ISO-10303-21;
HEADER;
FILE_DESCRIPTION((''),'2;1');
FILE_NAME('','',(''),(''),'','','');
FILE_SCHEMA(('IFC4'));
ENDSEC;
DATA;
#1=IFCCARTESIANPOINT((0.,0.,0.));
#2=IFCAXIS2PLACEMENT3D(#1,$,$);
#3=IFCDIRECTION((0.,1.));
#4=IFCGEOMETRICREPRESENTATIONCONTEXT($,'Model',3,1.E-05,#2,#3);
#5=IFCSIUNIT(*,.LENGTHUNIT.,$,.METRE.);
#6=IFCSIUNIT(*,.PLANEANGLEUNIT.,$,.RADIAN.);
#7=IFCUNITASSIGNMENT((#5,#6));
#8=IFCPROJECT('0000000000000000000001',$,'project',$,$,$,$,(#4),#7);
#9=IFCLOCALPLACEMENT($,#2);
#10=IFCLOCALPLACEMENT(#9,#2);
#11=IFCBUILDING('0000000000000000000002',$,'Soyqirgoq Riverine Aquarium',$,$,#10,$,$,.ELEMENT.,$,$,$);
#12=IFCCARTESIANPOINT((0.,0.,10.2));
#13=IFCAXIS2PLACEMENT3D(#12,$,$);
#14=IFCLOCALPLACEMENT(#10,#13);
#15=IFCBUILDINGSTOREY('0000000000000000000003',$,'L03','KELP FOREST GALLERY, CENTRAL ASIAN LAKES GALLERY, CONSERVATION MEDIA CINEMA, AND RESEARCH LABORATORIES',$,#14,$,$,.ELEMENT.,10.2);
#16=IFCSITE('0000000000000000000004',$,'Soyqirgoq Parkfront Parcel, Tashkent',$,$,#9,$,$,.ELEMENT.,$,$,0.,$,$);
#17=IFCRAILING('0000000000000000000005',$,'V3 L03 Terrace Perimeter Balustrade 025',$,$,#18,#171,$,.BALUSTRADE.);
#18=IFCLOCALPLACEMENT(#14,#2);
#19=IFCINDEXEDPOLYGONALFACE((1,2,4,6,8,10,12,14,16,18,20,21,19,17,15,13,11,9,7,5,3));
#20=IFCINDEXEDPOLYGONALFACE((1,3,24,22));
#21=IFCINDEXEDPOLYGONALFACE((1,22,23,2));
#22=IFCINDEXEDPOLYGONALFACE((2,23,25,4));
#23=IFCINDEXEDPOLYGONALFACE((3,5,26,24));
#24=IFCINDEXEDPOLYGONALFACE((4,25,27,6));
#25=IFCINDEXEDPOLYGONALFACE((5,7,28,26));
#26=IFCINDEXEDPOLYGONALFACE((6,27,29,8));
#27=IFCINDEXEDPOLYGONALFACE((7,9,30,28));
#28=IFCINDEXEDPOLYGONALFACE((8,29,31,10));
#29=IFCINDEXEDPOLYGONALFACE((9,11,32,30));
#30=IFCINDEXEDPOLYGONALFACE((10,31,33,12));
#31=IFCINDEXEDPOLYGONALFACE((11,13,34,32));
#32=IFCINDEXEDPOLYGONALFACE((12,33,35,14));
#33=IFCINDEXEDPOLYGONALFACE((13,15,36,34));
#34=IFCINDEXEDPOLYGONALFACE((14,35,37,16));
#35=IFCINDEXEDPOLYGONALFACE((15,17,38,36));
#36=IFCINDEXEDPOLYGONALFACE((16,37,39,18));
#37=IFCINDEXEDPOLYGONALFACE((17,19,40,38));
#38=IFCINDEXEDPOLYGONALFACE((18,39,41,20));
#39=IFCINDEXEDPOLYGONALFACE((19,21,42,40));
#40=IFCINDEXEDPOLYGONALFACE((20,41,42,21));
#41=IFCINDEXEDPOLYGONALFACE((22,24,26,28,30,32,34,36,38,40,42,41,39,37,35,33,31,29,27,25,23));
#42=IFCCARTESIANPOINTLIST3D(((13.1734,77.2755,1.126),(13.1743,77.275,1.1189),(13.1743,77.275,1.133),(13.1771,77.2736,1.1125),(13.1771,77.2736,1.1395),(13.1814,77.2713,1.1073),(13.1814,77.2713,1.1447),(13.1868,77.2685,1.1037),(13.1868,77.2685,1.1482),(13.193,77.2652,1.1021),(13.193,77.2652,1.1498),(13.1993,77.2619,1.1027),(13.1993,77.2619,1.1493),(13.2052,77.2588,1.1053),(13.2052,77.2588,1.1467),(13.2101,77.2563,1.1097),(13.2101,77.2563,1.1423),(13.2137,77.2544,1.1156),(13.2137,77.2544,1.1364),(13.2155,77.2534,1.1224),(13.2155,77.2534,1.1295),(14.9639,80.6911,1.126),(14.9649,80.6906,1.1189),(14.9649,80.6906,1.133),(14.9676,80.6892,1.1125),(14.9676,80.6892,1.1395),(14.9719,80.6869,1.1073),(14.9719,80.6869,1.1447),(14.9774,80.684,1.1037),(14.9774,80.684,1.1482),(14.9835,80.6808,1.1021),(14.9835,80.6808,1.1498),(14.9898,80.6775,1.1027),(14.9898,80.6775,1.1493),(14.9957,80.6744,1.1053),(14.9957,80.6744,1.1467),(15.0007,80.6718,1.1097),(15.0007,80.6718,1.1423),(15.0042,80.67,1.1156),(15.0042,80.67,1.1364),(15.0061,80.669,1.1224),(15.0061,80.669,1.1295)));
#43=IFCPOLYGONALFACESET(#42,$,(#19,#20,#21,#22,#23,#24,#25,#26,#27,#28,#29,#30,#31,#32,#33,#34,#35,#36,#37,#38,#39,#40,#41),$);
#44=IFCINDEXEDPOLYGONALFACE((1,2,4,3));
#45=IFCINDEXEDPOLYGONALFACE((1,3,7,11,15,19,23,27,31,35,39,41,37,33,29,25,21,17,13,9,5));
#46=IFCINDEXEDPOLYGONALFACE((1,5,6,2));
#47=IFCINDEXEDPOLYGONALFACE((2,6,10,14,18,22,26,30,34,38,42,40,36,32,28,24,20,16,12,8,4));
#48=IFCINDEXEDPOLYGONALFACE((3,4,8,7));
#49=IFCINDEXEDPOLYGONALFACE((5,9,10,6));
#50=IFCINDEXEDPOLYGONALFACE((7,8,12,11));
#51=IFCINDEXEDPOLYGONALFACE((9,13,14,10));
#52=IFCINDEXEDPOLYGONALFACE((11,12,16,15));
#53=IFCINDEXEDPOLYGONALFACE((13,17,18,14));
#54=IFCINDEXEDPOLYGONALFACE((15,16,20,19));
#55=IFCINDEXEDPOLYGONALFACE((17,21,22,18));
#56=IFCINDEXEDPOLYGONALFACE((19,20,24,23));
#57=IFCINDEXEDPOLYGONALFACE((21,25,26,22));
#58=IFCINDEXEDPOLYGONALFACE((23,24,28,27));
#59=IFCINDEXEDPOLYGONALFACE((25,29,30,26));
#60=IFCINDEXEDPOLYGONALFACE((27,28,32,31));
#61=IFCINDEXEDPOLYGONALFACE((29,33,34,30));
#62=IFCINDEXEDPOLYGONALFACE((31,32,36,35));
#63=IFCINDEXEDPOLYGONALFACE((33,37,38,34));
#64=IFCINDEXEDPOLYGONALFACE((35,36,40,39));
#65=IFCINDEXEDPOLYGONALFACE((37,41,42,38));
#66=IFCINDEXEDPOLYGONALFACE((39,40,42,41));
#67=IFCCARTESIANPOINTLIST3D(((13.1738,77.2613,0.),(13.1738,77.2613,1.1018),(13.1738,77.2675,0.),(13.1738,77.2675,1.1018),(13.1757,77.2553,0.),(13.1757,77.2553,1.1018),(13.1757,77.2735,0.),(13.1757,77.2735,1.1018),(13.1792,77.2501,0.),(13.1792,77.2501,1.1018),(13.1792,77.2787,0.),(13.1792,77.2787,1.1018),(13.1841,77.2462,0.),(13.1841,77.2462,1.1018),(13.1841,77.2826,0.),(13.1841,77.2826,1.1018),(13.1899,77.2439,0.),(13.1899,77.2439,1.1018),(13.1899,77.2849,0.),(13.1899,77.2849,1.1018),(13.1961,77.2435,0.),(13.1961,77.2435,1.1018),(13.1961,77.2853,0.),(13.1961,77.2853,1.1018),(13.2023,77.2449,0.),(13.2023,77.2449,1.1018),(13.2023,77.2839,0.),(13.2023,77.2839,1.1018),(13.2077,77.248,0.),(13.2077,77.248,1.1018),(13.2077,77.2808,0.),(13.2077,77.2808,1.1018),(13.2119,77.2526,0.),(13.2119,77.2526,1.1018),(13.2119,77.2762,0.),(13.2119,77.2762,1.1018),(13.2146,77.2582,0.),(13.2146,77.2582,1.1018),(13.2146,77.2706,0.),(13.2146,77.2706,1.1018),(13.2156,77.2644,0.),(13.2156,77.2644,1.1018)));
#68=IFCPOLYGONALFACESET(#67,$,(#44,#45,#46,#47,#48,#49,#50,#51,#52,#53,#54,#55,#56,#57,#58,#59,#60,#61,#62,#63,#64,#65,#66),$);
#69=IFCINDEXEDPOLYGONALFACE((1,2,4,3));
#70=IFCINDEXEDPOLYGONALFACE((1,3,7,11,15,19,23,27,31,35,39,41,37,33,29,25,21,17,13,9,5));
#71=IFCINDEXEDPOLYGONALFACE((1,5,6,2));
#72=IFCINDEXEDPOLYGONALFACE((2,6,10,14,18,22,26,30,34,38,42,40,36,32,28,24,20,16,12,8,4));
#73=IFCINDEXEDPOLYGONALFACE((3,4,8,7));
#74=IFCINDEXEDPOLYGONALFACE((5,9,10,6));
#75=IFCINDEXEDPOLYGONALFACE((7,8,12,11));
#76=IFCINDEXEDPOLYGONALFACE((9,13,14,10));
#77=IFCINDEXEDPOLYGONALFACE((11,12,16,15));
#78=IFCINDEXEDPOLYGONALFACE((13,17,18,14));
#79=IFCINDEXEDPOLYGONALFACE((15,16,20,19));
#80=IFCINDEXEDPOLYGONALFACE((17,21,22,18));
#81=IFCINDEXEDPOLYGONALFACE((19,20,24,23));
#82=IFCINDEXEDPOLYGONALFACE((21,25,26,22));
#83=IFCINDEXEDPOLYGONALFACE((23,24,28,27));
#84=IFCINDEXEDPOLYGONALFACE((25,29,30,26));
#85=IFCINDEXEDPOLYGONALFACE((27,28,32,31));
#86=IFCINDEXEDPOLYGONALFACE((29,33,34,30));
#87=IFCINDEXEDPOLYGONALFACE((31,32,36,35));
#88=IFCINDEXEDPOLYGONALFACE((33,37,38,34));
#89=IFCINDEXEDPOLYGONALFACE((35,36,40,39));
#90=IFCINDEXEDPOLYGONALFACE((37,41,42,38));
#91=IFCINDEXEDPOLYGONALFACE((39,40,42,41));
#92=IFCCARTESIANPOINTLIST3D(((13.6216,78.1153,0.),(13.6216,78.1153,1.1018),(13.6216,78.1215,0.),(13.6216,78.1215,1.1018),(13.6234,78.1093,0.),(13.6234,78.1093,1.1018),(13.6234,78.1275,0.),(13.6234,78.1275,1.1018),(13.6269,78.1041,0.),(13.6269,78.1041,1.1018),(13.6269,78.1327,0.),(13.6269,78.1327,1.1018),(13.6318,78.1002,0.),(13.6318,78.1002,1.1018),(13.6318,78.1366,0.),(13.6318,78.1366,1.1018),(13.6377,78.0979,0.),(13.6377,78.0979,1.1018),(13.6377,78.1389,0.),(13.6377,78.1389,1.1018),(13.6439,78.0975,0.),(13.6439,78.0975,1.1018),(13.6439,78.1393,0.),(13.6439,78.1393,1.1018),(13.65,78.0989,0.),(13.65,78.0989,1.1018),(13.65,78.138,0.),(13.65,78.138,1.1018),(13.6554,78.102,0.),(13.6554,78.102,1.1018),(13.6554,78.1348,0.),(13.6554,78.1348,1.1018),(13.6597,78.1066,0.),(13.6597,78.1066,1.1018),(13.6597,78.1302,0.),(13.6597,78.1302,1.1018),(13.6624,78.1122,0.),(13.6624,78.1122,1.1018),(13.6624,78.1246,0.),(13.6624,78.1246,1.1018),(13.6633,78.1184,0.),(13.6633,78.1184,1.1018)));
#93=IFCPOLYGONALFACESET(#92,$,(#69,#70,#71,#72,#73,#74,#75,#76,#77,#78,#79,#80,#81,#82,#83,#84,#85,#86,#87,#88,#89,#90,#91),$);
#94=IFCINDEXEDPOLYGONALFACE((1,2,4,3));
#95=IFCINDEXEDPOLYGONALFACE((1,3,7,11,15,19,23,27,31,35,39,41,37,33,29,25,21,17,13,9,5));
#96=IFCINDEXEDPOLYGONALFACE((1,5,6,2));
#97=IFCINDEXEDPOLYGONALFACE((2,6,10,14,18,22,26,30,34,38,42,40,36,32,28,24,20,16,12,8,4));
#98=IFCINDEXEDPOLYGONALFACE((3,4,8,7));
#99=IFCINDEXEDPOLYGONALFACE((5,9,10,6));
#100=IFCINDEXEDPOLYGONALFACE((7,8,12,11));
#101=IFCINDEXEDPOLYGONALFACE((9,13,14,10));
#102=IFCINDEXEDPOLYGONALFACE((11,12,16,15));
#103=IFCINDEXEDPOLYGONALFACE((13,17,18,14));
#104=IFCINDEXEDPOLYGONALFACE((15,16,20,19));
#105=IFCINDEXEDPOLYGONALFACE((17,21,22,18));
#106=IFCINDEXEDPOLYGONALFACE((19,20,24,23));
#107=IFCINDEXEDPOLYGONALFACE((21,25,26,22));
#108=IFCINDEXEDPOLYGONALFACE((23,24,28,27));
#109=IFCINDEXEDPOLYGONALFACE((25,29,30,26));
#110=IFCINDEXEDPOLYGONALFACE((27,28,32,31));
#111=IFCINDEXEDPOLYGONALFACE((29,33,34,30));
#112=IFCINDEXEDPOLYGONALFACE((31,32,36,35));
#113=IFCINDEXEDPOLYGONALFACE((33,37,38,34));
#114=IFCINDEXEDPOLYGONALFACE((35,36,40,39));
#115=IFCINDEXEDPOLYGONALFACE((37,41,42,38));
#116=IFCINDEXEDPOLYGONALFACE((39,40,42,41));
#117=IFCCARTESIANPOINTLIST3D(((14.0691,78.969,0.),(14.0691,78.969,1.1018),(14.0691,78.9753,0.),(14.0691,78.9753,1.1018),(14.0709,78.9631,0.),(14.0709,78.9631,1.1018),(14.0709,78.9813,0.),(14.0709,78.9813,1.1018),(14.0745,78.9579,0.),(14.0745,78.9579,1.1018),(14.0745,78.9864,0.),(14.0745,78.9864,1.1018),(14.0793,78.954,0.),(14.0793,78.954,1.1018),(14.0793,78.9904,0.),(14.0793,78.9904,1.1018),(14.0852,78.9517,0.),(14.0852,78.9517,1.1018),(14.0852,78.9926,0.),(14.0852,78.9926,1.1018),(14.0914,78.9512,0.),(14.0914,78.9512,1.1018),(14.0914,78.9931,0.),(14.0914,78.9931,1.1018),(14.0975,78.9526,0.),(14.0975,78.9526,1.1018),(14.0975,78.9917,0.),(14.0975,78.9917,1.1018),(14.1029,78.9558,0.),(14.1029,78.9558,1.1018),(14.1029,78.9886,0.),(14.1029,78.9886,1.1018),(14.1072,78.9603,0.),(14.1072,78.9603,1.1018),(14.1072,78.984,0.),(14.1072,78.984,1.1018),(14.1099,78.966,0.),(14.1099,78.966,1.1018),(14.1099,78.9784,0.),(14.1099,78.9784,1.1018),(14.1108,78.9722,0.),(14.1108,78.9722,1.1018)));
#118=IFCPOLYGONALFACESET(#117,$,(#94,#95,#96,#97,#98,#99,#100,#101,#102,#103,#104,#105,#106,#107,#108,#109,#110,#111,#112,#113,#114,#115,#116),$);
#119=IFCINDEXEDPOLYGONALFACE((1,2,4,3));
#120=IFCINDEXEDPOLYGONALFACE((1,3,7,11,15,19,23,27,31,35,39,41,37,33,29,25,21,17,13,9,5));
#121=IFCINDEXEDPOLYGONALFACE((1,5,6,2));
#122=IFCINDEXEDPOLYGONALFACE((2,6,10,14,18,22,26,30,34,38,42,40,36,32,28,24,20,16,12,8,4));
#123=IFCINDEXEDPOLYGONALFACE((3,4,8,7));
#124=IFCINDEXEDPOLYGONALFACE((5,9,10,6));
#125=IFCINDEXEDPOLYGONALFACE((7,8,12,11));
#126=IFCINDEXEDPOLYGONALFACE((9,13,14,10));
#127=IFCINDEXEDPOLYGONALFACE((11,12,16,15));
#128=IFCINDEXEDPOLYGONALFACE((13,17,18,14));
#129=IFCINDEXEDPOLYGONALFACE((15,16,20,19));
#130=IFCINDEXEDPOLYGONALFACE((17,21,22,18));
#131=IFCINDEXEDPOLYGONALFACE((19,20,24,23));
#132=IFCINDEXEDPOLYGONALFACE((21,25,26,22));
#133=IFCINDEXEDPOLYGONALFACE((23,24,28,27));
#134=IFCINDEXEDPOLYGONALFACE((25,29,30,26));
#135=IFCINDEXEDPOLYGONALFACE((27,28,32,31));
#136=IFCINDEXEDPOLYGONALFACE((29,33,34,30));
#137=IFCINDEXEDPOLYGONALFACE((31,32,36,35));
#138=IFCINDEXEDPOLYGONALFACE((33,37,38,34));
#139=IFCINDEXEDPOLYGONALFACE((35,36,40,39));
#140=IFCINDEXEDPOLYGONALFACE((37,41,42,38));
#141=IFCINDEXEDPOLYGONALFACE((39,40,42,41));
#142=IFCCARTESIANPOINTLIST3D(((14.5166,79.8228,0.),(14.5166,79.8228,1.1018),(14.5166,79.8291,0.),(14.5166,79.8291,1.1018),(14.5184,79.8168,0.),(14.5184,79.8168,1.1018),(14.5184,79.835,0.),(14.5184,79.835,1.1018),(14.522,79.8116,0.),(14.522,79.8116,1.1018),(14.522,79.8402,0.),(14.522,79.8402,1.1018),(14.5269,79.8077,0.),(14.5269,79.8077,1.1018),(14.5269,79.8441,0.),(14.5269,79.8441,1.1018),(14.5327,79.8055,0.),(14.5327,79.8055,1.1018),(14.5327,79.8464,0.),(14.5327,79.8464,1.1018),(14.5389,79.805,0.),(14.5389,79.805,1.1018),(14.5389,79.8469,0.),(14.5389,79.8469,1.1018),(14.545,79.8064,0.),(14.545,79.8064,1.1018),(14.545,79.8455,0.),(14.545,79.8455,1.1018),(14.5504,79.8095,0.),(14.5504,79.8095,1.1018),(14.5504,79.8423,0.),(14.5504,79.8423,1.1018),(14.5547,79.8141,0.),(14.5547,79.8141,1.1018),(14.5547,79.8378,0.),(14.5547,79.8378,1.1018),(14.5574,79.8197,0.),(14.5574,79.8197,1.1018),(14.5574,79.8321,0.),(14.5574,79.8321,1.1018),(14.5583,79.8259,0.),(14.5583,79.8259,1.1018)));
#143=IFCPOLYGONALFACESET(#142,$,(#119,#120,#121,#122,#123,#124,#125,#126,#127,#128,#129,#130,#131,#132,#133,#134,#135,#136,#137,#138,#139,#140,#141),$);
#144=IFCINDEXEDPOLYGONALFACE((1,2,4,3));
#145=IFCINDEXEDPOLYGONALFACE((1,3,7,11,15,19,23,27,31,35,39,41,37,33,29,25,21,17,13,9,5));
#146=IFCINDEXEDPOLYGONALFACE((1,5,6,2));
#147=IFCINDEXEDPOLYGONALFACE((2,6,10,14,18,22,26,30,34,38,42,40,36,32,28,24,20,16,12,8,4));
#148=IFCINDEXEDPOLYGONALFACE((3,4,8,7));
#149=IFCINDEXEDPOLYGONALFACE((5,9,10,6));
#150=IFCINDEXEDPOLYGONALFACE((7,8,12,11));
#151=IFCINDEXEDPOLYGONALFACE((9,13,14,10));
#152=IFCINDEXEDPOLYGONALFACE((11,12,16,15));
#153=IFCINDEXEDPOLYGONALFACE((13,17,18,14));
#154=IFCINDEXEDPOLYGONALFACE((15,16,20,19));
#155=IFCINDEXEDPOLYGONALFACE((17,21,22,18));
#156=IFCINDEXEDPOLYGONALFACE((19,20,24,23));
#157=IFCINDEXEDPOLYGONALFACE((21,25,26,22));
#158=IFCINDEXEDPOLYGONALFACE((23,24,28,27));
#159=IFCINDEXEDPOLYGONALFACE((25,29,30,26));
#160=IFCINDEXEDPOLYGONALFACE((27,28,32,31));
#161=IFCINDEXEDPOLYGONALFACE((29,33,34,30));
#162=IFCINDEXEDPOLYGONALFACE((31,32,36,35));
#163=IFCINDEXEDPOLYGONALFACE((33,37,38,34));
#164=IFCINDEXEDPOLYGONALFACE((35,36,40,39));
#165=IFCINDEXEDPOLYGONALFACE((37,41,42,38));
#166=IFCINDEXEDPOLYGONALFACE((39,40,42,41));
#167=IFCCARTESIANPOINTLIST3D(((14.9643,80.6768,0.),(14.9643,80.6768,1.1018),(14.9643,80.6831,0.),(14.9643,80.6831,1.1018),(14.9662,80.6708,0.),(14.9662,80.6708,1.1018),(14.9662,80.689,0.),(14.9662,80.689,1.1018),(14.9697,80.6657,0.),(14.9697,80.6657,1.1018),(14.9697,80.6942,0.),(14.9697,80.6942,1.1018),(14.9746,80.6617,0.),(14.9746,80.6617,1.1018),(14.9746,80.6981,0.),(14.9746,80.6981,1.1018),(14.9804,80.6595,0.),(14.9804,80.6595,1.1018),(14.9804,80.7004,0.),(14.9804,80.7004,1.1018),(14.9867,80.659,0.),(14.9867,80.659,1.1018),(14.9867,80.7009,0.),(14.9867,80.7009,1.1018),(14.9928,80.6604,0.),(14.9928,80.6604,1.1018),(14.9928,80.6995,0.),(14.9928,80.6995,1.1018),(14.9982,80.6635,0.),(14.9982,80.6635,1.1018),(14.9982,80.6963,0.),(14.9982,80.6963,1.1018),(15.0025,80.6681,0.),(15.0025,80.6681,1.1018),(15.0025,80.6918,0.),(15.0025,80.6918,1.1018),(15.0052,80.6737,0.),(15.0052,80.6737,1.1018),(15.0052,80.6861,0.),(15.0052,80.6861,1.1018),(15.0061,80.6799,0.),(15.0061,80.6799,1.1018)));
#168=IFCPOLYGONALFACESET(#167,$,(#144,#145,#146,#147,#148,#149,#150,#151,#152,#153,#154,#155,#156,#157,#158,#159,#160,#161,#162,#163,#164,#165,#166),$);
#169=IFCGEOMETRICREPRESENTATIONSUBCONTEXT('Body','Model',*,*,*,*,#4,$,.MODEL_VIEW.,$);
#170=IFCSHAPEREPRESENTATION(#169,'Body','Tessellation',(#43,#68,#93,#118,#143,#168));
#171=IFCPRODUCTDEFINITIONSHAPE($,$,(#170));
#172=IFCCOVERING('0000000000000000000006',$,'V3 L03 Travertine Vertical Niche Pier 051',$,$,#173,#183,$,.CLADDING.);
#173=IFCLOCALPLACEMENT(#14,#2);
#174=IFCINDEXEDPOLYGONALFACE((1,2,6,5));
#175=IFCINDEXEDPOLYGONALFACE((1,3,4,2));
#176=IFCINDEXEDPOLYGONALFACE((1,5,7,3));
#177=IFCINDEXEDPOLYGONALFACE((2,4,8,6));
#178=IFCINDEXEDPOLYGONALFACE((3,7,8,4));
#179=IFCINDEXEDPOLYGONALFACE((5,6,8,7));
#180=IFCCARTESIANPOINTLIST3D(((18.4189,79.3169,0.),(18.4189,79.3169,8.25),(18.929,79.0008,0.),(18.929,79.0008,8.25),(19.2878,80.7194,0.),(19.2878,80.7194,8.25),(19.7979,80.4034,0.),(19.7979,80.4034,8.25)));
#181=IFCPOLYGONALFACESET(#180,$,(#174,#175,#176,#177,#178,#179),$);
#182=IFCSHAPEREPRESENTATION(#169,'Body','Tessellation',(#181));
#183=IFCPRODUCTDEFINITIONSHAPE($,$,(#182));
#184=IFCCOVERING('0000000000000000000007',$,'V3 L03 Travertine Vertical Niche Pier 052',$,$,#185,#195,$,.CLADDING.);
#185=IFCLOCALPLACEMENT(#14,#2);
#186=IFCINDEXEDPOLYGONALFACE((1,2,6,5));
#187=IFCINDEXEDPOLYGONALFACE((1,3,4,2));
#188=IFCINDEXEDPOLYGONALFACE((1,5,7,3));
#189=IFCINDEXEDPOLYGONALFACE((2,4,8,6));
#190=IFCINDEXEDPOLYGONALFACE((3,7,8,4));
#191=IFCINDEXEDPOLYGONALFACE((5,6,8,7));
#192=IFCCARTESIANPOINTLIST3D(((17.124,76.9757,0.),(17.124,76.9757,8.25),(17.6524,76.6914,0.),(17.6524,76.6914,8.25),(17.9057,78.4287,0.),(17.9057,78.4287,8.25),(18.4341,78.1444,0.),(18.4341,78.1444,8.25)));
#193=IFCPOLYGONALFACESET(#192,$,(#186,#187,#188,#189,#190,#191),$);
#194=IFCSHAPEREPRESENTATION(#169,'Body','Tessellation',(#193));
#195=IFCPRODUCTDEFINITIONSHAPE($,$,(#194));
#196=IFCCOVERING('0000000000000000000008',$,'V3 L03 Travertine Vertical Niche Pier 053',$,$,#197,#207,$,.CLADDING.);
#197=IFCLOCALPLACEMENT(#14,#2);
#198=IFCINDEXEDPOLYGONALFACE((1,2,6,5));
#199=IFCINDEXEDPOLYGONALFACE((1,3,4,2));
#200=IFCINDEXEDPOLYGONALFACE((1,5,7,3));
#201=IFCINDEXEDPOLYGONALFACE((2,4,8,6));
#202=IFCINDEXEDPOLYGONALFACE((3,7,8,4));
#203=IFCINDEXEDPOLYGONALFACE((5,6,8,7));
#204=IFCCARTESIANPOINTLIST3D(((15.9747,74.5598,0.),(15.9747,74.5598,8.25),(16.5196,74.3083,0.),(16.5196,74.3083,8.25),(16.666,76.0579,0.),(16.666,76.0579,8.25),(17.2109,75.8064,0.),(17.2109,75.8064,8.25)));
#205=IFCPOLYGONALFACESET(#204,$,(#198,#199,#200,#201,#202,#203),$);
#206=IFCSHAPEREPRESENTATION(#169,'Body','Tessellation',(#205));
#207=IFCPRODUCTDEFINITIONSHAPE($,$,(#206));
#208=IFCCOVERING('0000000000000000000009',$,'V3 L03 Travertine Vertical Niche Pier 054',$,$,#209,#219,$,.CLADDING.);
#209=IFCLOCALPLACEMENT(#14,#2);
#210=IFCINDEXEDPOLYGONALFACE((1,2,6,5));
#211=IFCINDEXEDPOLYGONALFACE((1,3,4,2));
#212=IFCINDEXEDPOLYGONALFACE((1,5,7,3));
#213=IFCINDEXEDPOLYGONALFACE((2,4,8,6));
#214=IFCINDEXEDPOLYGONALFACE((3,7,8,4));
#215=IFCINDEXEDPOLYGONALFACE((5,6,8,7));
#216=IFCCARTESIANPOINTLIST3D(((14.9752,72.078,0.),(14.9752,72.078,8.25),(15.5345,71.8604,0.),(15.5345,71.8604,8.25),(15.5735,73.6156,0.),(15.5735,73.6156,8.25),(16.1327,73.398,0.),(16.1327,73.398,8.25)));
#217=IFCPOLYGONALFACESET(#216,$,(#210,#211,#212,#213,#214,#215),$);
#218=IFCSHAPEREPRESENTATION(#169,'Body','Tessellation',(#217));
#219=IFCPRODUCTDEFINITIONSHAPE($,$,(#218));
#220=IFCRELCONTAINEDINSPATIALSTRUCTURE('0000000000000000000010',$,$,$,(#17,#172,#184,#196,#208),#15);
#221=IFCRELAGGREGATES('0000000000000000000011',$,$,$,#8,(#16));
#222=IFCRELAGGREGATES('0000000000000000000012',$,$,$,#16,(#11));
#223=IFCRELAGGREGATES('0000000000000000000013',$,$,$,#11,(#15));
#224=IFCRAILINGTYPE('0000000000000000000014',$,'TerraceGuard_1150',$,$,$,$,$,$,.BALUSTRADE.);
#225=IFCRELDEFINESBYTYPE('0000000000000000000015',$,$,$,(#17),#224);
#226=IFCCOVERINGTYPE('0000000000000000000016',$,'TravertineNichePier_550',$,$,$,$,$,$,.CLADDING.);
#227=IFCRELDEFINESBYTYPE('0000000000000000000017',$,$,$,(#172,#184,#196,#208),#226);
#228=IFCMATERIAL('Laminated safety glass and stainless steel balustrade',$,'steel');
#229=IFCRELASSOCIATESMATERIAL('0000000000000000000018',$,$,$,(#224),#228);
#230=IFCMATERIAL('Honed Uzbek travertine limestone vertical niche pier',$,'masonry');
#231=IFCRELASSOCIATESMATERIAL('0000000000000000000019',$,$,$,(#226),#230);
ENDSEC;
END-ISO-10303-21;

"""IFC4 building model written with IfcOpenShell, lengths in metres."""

from ifc_helpers import new_model, si_unit, direction, frame, origin, origin_2d, place, context, subcontext, project, spatial, rectangle, circle, extrude, material, type_object, element, save


model = new_model("IFC4")

# Units and contexts
model_context = context("Model", 3, precision=1e-05, world=origin(), true_north=direction((0.0, 1.0)))
body_context = subcontext(model_context, "Body", "Model", "MODEL_VIEW")
ifc_project = project(units=[si_unit("LENGTHUNIT", "METRE"), si_unit("PLANEANGLEUNIT", "RADIAN")], contexts=[model_context])

# Site, building, storey
site_placement = place(None, origin())
site = spatial("IfcSite", under=ifc_project, at=site_placement, Name="Soyqirgoq Parkfront Parcel, Tashkent", CompositionType="ELEMENT", RefElevation=0.0)
building_placement = place(site_placement, origin())
building = spatial("IfcBuilding", under=site, at=building_placement, Name="Soyqirgoq Riverine Aquarium", CompositionType="ELEMENT")
storey_placement = place(building_placement, frame((0.0, 0.0, 10.2)))
storey = spatial("IfcBuildingStorey", under=building, at=storey_placement, Name="L03", Description="KELP FOREST GALLERY, CENTRAL ASIAN LAKES GALLERY, CONSERVATION MEDIA CINEMA, AND RESEARCH LABORATORIES", CompositionType="ELEMENT", Elevation=10.2)

# Railing
ifc_material_1 = material(Name="Laminated safety glass and stainless steel balustrade", Category="steel")
railing_type = type_object("IfcRailingType", Name="TerraceGuard_1150", PredefinedType="BALUSTRADE", material=ifc_material_1)
railing_1_placement = place(storey_placement, frame((13.1946, 77.2644, 0.0)))
element("IfcRailing", 1, at=railing_1_placement, inside=storey, type_object=railing_type, Name="V3 L03 Terrace Perimeter Balustrade 025", PredefinedType="BALUSTRADE", context=body_context, shape_type="SweptSolid", body=[
    extrude(circle(Radius=0.0239, at=origin_2d()), frame((0.0, 0.0, 1.126), z_axis=(0.4643, 0.885678, 0.0), x_axis=(-0.885678, 0.4643, 0.0)), (0.0, 0.0, 1.0), 3.8564),
    extrude(circle(Radius=0.021, at=origin_2d()), origin(), (0.0, 0.0, 1.0), 1.1018),
    extrude(circle(Radius=0.021, at=origin_2d()), frame((0.4478, 0.854, 0.0)), (0.0, 0.0, 1.0), 1.1018),
    extrude(circle(Radius=0.021, at=origin_2d()), frame((0.8953, 1.7078, 0.0)), (0.0, 0.0, 1.0), 1.1018),
    extrude(circle(Radius=0.021, at=origin_2d()), frame((1.3428, 2.5615, 0.0)), (0.0, 0.0, 1.0), 1.1018),
    extrude(circle(Radius=0.021, at=origin_2d()), frame((1.7905, 3.4155, 0.0)), (0.0, 0.0, 1.0), 1.1018),
])

# Coverings
ifc_material_2 = material(Name="Honed Uzbek travertine limestone vertical niche pier", Category="masonry")
covering_type = type_object("IfcCoveringType", Name="TravertineNichePier_550", PredefinedType="CLADDING", material=ifc_material_2)
for number, where, z_axis, x_axis, name in (
    (2, (19.1084, 79.8601, 0.0), (0.0, 0.0, 1.0), (-0.850077, 0.526659, 0.0), "V3 L03 Travertine Vertical Niche Pier 051"),
    (3, (17.7791, 77.5601, 0.0), (0.0, 0.0, 1.0), (-0.880643, 0.473781, 0.0), "V3 L03 Travertine Vertical Niche Pier 052"),
    (4, (16.5928, 75.1831, 0.0), (0.0, 0.0, 1.0), (-0.907997, 0.418977, 0.0), "V3 L03 Travertine Vertical Niche Pier 053"),
    (5, (15.554, 72.738, 0.0), (0.0, 0.0, 1.0), (-0.931945, 0.362601, 0.0), "V3 L03 Travertine Vertical Niche Pier 054"),
):
    element("IfcCovering", number, at=place(storey_placement, frame(where, z_axis=z_axis, x_axis=x_axis)), inside=storey, type_object=covering_type, Name=name, PredefinedType="CLADDING", context=body_context, shape_type="SweptSolid", body=[
        extrude(rectangle(XDim=0.6001, YDim=1.6499, at=origin_2d()), origin(), (0.0, 0.0, 1.0), 8.25),
    ])

save(model, "model.ifc")
